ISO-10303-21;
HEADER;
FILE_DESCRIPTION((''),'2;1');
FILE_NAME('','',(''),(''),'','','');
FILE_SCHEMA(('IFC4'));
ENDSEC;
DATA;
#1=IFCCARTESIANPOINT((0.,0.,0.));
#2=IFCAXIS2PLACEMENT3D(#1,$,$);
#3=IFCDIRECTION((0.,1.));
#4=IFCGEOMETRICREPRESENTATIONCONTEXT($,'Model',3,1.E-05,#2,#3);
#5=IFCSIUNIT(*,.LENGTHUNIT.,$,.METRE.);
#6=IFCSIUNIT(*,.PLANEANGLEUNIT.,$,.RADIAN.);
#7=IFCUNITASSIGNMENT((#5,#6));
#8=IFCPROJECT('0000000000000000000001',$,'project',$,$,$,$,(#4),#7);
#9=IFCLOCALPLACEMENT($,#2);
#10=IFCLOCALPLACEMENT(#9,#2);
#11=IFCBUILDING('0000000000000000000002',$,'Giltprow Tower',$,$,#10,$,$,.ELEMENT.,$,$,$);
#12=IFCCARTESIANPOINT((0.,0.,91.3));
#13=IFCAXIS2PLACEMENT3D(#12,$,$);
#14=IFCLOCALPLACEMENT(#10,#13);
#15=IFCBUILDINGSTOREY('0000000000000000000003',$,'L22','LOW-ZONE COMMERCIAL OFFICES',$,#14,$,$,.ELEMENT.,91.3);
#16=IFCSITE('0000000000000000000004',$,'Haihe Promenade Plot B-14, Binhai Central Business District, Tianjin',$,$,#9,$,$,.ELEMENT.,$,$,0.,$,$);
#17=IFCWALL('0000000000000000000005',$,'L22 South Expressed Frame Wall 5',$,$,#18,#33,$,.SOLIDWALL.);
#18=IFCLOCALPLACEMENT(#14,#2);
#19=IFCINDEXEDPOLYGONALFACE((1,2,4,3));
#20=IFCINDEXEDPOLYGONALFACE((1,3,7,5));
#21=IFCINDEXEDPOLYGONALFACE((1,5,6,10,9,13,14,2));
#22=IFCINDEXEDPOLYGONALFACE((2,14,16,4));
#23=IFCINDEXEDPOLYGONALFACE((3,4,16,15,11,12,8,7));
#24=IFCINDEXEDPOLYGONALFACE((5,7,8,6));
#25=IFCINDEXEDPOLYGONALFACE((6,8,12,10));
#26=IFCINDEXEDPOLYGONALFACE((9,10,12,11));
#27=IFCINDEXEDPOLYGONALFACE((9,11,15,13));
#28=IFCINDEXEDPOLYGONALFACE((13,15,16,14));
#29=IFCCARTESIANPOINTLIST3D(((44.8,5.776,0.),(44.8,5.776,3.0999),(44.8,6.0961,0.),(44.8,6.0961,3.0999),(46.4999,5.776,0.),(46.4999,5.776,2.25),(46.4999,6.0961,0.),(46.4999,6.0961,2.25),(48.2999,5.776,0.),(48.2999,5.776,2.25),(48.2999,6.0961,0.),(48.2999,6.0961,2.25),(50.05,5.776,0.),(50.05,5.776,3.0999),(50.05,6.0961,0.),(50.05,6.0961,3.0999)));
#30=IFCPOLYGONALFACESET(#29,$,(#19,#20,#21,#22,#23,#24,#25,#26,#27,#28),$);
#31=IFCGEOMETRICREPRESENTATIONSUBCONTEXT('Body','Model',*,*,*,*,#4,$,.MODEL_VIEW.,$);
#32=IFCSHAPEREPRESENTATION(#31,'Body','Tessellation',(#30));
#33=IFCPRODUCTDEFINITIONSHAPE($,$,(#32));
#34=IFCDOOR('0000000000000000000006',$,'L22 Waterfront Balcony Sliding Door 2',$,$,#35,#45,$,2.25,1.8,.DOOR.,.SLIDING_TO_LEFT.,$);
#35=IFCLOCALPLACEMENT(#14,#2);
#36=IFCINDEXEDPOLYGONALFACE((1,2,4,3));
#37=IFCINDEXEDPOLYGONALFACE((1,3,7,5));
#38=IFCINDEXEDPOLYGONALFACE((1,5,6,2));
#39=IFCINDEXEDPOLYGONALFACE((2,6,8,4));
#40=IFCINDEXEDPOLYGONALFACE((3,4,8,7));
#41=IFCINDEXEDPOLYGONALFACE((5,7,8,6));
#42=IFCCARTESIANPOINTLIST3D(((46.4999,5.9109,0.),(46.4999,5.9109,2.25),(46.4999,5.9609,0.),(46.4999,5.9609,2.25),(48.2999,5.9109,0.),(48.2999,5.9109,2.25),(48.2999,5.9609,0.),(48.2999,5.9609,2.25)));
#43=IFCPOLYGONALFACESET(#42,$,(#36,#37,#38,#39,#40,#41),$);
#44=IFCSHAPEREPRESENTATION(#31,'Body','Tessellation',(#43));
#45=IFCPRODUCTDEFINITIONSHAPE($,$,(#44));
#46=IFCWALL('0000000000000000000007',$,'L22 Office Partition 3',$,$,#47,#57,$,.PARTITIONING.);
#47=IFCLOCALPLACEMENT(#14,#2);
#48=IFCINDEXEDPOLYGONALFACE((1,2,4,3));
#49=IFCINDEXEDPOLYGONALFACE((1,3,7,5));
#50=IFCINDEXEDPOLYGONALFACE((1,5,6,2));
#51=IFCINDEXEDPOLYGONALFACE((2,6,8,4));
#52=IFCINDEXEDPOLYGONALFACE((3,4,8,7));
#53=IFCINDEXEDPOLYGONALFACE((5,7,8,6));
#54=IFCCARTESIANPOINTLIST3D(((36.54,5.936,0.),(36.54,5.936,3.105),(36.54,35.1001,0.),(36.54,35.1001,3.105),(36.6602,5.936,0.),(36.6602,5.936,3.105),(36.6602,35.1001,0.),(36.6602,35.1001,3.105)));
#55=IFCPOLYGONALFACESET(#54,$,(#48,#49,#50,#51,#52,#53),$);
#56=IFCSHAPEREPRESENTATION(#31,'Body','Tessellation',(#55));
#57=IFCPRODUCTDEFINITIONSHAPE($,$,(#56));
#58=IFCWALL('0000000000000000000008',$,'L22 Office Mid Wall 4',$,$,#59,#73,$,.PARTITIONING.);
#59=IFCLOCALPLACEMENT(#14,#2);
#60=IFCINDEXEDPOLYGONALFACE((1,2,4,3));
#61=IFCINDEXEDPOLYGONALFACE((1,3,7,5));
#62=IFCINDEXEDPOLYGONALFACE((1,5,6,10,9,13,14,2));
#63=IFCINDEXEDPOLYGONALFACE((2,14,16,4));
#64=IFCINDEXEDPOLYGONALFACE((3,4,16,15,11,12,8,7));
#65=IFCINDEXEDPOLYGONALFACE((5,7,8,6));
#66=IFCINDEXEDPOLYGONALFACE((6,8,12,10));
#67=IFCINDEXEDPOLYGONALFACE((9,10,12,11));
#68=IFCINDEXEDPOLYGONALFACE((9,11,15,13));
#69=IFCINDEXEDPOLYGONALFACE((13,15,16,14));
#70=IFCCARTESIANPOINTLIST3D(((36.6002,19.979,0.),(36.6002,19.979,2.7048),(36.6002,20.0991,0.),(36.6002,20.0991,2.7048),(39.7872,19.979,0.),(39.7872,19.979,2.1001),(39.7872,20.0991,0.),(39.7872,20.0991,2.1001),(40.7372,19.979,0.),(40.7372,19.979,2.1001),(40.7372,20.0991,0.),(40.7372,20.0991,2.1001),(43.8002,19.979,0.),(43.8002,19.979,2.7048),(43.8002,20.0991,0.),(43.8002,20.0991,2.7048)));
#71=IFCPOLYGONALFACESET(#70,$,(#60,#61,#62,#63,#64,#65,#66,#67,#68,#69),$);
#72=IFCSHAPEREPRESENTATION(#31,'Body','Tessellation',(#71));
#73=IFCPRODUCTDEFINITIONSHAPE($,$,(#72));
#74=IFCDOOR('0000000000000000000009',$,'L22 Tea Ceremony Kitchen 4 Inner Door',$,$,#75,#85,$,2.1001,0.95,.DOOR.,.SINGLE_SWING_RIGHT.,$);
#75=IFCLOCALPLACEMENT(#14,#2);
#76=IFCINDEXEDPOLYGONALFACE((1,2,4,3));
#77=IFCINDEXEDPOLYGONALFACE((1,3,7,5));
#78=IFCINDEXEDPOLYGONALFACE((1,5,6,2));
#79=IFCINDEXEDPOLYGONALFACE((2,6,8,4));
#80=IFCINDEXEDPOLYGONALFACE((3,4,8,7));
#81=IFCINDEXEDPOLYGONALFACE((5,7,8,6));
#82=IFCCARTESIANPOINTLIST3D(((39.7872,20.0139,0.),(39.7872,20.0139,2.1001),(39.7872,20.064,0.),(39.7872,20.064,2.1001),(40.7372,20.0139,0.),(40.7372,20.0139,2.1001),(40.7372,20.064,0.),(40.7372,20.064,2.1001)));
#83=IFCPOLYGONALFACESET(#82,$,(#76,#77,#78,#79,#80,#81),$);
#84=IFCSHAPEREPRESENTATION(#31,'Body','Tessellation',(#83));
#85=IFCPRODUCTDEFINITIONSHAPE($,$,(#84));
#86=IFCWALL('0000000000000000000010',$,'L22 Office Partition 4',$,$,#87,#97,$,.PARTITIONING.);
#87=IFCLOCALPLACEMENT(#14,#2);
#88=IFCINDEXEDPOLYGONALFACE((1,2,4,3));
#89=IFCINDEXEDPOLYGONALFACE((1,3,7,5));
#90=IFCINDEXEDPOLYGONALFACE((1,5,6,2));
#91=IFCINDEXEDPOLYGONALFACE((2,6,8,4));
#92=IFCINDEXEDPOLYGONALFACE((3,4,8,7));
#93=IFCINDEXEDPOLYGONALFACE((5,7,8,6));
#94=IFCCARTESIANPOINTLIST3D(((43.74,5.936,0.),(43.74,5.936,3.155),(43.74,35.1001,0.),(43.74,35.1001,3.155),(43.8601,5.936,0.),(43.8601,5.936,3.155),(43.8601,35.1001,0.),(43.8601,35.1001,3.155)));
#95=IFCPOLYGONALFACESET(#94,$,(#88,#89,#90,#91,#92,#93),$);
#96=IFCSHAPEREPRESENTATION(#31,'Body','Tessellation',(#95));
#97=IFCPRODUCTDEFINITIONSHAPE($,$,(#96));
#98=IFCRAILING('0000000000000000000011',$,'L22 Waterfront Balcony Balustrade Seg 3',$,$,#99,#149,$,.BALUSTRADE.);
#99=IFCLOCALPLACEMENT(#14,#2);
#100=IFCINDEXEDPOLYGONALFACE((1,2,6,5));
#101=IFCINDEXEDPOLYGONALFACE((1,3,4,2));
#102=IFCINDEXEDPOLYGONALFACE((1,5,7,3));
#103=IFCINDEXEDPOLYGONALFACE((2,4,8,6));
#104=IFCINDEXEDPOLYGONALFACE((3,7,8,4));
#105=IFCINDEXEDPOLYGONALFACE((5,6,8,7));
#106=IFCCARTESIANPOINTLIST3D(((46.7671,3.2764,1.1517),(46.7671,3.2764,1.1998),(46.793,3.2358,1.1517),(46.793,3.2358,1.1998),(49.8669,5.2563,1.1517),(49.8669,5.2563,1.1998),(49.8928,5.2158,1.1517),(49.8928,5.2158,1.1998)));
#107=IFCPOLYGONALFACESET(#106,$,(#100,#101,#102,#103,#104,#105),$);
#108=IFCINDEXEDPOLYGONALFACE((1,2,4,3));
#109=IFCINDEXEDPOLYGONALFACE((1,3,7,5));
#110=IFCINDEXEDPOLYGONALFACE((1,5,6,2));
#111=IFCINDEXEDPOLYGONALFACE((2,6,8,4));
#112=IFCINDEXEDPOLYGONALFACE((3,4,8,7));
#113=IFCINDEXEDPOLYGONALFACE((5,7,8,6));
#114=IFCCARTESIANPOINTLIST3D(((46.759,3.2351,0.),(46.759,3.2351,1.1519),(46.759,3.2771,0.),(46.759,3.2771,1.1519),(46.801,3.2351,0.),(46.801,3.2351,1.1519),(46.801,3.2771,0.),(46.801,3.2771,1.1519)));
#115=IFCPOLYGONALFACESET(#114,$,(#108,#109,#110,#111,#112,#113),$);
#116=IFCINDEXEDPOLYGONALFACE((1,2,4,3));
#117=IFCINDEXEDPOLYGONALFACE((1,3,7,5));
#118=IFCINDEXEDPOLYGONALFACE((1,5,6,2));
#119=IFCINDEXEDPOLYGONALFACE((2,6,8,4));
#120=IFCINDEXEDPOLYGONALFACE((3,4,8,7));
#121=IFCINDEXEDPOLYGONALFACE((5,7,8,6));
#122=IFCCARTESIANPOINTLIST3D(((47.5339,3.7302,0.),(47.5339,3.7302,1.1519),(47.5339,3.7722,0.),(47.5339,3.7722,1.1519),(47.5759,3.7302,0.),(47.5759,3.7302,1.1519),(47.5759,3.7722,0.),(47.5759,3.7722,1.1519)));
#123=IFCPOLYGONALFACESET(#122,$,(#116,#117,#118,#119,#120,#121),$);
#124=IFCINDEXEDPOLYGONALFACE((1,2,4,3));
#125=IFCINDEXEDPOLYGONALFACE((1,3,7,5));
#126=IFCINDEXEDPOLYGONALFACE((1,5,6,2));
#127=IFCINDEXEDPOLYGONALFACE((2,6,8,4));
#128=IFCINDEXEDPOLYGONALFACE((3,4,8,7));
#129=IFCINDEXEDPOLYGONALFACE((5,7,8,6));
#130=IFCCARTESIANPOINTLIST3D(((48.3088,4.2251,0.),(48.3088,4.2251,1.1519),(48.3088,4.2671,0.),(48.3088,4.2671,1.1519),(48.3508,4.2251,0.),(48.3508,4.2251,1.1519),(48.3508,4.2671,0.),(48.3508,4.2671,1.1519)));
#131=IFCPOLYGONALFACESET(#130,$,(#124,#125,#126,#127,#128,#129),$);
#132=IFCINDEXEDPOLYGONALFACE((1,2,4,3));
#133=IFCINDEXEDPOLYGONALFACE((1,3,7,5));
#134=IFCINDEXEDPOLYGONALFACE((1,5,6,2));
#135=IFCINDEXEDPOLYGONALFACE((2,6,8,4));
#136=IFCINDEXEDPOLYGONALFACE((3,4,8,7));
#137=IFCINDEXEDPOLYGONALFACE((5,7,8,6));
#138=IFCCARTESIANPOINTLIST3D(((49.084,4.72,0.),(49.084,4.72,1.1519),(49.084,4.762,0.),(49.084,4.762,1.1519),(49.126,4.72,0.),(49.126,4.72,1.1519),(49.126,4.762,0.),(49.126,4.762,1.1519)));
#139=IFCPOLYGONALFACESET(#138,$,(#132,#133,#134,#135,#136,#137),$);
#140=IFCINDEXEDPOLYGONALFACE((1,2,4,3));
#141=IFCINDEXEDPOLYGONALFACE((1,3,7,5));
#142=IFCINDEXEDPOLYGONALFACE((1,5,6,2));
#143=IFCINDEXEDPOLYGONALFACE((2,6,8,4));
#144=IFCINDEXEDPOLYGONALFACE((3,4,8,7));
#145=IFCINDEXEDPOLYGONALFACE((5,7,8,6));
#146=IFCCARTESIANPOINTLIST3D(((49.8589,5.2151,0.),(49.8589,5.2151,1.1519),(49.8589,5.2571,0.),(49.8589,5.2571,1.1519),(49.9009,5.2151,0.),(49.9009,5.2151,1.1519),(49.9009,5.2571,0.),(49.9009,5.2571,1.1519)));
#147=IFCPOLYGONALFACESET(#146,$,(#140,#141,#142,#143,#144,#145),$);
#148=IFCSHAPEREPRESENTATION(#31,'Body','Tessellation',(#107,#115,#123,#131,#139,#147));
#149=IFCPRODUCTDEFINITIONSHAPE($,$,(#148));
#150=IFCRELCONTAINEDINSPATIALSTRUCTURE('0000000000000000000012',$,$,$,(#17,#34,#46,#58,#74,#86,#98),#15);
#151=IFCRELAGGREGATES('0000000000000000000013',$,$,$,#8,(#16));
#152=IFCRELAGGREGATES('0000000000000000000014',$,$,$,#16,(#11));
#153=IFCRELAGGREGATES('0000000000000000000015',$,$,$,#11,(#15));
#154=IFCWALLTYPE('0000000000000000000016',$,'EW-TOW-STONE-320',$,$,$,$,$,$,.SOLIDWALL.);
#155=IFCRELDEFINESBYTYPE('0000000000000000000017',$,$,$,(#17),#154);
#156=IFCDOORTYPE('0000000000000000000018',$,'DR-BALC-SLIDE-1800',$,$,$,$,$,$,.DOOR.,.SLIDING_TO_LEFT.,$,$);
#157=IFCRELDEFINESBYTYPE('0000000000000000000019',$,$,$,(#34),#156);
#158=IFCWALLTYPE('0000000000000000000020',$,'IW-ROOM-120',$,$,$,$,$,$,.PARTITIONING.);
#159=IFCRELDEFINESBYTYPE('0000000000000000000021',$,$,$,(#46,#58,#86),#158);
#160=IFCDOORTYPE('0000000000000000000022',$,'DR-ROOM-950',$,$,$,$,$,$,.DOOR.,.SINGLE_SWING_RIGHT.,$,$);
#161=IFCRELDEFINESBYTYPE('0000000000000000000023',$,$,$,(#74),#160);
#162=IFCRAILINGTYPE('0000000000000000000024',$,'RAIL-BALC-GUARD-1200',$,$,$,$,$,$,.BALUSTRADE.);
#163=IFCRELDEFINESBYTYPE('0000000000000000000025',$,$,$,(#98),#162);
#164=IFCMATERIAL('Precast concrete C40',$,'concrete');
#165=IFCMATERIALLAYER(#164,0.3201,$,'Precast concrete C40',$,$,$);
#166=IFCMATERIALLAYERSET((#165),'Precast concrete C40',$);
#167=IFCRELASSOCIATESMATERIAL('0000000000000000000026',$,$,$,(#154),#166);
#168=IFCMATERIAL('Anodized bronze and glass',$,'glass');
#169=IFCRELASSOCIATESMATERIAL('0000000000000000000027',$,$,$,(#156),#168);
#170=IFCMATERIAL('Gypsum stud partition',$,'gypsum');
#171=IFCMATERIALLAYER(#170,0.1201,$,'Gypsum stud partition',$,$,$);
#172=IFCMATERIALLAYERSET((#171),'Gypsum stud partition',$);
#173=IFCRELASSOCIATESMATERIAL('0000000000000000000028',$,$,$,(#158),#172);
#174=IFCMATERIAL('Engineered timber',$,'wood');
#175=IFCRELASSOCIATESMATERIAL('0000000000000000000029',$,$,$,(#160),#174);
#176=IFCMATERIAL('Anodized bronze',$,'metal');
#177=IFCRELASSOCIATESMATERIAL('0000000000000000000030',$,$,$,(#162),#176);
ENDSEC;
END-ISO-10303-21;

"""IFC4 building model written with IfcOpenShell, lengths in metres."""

from ifc_helpers import new_model, si_unit, direction, frame, frame_2d, origin, origin_2d, place, context, subcontext, project, spatial, rectangle, extrude, source, transform, mapped, material, layer, layer_set, type_object, element, fill, save


model = new_model("IFC4")

# Units and contexts
model_context = context("Model", 3, precision=1e-05, world=origin(), true_north=direction((0.0, 1.0)))
body_context = subcontext(model_context, "Body", "Model", "MODEL_VIEW")
ifc_project = project(units=[si_unit("LENGTHUNIT", "METRE"), si_unit("PLANEANGLEUNIT", "RADIAN")], contexts=[model_context])

# Site, building, storey
site_placement = place(None, origin())
site = spatial("IfcSite", under=ifc_project, at=site_placement, Name="Haihe Promenade Plot B-14, Binhai Central Business District, Tianjin", CompositionType="ELEMENT", RefElevation=0.0)
building_placement = place(site_placement, origin())
building = spatial("IfcBuilding", under=site, at=building_placement, Name="Giltprow Tower", CompositionType="ELEMENT")
storey_placement = place(building_placement, frame((0.0, 0.0, 91.3)))
storey = spatial("IfcBuildingStorey", under=building, at=storey_placement, Name="L22", Description="LOW-ZONE COMMERCIAL OFFICES", CompositionType="ELEMENT", Elevation=91.3)

# Shared definitions
ifc_material_1 = material(Name="Anodized bronze", Category="metal")

# Shared definitions
ifc_material_2 = material(Name="Precast concrete C40", Category="concrete")
ifc_layer_1 = layer(ifc_material_2, 0.3201, Name="Precast concrete C40")
ifc_layer_set_1 = layer_set([ifc_layer_1], Name="Precast concrete C40")
wall_type_1 = type_object("IfcWallType", Name="EW-TOW-STONE-320", PredefinedType="SOLIDWALL", material=ifc_layer_set_1)

# Wall, opening, door
wall_1_placement = place(storey_placement, frame((44.8, 5.936, 0.0), z_axis=(0.0, 0.0, 1.0), x_axis=(1.0, 0.0, 0.0)))
wall_1 = element("IfcWall", 1, at=wall_1_placement, inside=storey, type_object=wall_type_1, Name="L22 South Expressed Frame Wall 5", PredefinedType="SOLIDWALL", context=body_context, shape_type="SweptSolid", body=[
    extrude(rectangle(XDim=5.25, YDim=0.3201, at=frame_2d((2.625, 0.0))), origin(), (0.0, 0.0, 1.0), 3.0999),
])
opening_1_placement = place(wall_1_placement, frame((1.7, 0.0, 0.0)))
opening_1 = element("IfcOpeningElement", 2, at=opening_1_placement, cuts=wall_1, PredefinedType="OPENING", context=body_context, shape_type="SweptSolid", body=[
    extrude(rectangle(XDim=1.8, YDim=2.25, at=frame_2d((0.8999, 1.125))), frame((0.0, 0.1699, 0.0), z_axis=(0.0, -1.0, 0.0), x_axis=(1.0, 0.0, 0.0)), (0.0, 0.0, 1.0), 0.3401),
])
ifc_material_3 = material(Name="Anodized bronze and glass", Category="glass")
door_type_1 = type_object("IfcDoorType", Name="DR-BALC-SLIDE-1800", OperationType="SLIDING_TO_LEFT", PredefinedType="DOOR", material=ifc_material_3)
shared_shape_1 = source(origin(), body_context, "Body", "SweptSolid", [
    extrude(rectangle(XDim=1.8, YDim=2.25, at=frame_2d((0.8999, 1.125))), frame((0.0, 0.0249, 0.0), z_axis=(0.0, -1.0, 0.0), x_axis=(1.0, 0.0, 0.0)), (0.0, 0.0, 1.0), 0.05),
])
door_1_placement = place(opening_1_placement, origin())
door_1 = element("IfcDoor", 3, at=door_1_placement, inside=storey, type_object=door_type_1, Name="L22 Waterfront Balcony Sliding Door 2", OperationType="SLIDING_TO_LEFT", OverallHeight=2.25, OverallWidth=1.8, PredefinedType="DOOR", context=body_context, shape_type="MappedRepresentation", body=[
    mapped(shared_shape_1, transform((0.0, 0.0, 0.0), x_axis=(1.0, 0.0, 0.0), y_axis=(0.0, 1.0, 0.0), z_axis=(0.0, 0.0, 1.0), scale=1.0)),
])
fill(opening_1, door_1)

# Wall
ifc_material_4 = material(Name="Gypsum stud partition", Category="gypsum")
ifc_layer_2 = layer(ifc_material_4, 0.1201, Name="Gypsum stud partition")
ifc_layer_set_2 = layer_set([ifc_layer_2], Name="Gypsum stud partition")
wall_type_2 = type_object("IfcWallType", Name="IW-ROOM-120", PredefinedType="PARTITIONING", material=ifc_layer_set_2)
wall_2_placement = place(storey_placement, frame((36.6001, 5.936, 0.0), z_axis=(0.0, 0.0, 1.0), x_axis=(0.0, 1.0, 0.0)))
element("IfcWall", 4, at=wall_2_placement, inside=storey, type_object=wall_type_2, Name="L22 Office Partition 3", PredefinedType="PARTITIONING", context=body_context, shape_type="SweptSolid", body=[
    extrude(rectangle(XDim=29.1641, YDim=0.1201, at=frame_2d((14.582, 0.0))), origin(), (0.0, 0.0, 1.0), 3.105),
])

# Wall, opening, door
wall_3_placement = place(storey_placement, frame((36.6001, 20.0391, 0.0), z_axis=(0.0, 0.0, 1.0), x_axis=(1.0, 0.0, 0.0)))
wall_3 = element("IfcWall", 5, at=wall_3_placement, inside=storey, type_object=wall_type_2, Name="L22 Office Mid Wall 4", PredefinedType="PARTITIONING", context=body_context, shape_type="SweptSolid", body=[
    extrude(rectangle(XDim=7.2, YDim=0.1201, at=frame_2d((3.6001, 0.0))), origin(), (0.0, 0.0, 1.0), 2.7048),
])
opening_2_placement = place(wall_3_placement, frame((3.187, 0.0, 0.0)))
opening_2 = element("IfcOpeningElement", 6, at=opening_2_placement, cuts=wall_3, PredefinedType="OPENING", context=body_context, shape_type="SweptSolid", body=[
    extrude(rectangle(XDim=0.95, YDim=2.1001, at=frame_2d((0.4751, 1.05))), frame((0.0, 0.0701, 0.0), z_axis=(0.0, -1.0, 0.0), x_axis=(1.0, 0.0, 0.0)), (0.0, 0.0, 1.0), 0.1401),
])
ifc_material_5 = material(Name="Engineered timber", Category="wood")
door_type_2 = type_object("IfcDoorType", Name="DR-ROOM-950", OperationType="SINGLE_SWING_RIGHT", PredefinedType="DOOR", material=ifc_material_5)
shared_shape_2 = source(origin(), body_context, "Body", "SweptSolid", [
    extrude(rectangle(XDim=0.95, YDim=2.1001, at=frame_2d((0.4751, 1.05))), frame((0.0, 0.0249, 0.0), z_axis=(0.0, -1.0, 0.0), x_axis=(1.0, 0.0, 0.0)), (0.0, 0.0, 1.0), 0.05),
])
door_2_placement = place(opening_2_placement, origin())
door_2 = element("IfcDoor", 7, at=door_2_placement, inside=storey, type_object=door_type_2, Name="L22 Tea Ceremony Kitchen 4 Inner Door", OperationType="SINGLE_SWING_RIGHT", OverallHeight=2.1001, OverallWidth=0.95, PredefinedType="DOOR", context=body_context, shape_type="MappedRepresentation", body=[
    mapped(shared_shape_2, transform((0.0, 0.0, 0.0), x_axis=(1.0, 0.0, 0.0), y_axis=(0.0, 1.0, 0.0), z_axis=(0.0, 0.0, 1.0), scale=1.0)),
])
fill(opening_2, door_2)

# Wall
wall_4_placement = place(storey_placement, frame((43.8, 5.936, 0.0), z_axis=(0.0, 0.0, 1.0), x_axis=(0.0, 1.0, 0.0)))
element("IfcWall", 8, at=wall_4_placement, inside=storey, type_object=wall_type_2, Name="L22 Office Partition 4", PredefinedType="PARTITIONING", context=body_context, shape_type="SweptSolid", body=[
    extrude(rectangle(XDim=29.1641, YDim=0.1201, at=frame_2d((14.582, 0.0))), origin(), (0.0, 0.0, 1.0), 3.155),
])

# Railing
railing_type = type_object("IfcRailingType", Name="RAIL-BALC-GUARD-1200", PredefinedType="BALUSTRADE", material=ifc_material_1)
railing_1_placement = place(storey_placement, frame((46.78, 3.2561, 0.0)))
element("IfcRailing", 9, at=railing_1_placement, inside=storey, type_object=railing_type, Name="L22 Waterfront Balcony Balustrade Seg 3", PredefinedType="BALUSTRADE", context=body_context, shape_type="SweptSolid", body=[
    extrude(rectangle(XDim=0.0481, YDim=0.0481, at=origin_2d()), frame((0.0, 0.0, 1.1758), z_axis=(0.842756, 0.538296, 0.0), x_axis=(-0.538296, 0.842756, 0.0)), (0.0, 0.0, 1.0), 3.6782),
    extrude(rectangle(XDim=0.042, YDim=0.042, at=origin_2d()), origin(), (0.0, 0.0, 1.0), 1.1519),
    extrude(rectangle(XDim=0.042, YDim=0.042, at=origin_2d()), frame((0.7749, 0.4951, 0.0)), (0.0, 0.0, 1.0), 1.1519),
    extrude(rectangle(XDim=0.042, YDim=0.042, at=origin_2d()), frame((1.5498, 0.99, 0.0)), (0.0, 0.0, 1.0), 1.1519),
    extrude(rectangle(XDim=0.042, YDim=0.042, at=origin_2d()), frame((2.325, 1.4849, 0.0)), (0.0, 0.0, 1.0), 1.1519),
    extrude(rectangle(XDim=0.042, YDim=0.042, at=origin_2d()), frame((3.0999, 1.98, 0.0)), (0.0, 0.0, 1.0), 1.1519),
])

save(model, "model.ifc")
